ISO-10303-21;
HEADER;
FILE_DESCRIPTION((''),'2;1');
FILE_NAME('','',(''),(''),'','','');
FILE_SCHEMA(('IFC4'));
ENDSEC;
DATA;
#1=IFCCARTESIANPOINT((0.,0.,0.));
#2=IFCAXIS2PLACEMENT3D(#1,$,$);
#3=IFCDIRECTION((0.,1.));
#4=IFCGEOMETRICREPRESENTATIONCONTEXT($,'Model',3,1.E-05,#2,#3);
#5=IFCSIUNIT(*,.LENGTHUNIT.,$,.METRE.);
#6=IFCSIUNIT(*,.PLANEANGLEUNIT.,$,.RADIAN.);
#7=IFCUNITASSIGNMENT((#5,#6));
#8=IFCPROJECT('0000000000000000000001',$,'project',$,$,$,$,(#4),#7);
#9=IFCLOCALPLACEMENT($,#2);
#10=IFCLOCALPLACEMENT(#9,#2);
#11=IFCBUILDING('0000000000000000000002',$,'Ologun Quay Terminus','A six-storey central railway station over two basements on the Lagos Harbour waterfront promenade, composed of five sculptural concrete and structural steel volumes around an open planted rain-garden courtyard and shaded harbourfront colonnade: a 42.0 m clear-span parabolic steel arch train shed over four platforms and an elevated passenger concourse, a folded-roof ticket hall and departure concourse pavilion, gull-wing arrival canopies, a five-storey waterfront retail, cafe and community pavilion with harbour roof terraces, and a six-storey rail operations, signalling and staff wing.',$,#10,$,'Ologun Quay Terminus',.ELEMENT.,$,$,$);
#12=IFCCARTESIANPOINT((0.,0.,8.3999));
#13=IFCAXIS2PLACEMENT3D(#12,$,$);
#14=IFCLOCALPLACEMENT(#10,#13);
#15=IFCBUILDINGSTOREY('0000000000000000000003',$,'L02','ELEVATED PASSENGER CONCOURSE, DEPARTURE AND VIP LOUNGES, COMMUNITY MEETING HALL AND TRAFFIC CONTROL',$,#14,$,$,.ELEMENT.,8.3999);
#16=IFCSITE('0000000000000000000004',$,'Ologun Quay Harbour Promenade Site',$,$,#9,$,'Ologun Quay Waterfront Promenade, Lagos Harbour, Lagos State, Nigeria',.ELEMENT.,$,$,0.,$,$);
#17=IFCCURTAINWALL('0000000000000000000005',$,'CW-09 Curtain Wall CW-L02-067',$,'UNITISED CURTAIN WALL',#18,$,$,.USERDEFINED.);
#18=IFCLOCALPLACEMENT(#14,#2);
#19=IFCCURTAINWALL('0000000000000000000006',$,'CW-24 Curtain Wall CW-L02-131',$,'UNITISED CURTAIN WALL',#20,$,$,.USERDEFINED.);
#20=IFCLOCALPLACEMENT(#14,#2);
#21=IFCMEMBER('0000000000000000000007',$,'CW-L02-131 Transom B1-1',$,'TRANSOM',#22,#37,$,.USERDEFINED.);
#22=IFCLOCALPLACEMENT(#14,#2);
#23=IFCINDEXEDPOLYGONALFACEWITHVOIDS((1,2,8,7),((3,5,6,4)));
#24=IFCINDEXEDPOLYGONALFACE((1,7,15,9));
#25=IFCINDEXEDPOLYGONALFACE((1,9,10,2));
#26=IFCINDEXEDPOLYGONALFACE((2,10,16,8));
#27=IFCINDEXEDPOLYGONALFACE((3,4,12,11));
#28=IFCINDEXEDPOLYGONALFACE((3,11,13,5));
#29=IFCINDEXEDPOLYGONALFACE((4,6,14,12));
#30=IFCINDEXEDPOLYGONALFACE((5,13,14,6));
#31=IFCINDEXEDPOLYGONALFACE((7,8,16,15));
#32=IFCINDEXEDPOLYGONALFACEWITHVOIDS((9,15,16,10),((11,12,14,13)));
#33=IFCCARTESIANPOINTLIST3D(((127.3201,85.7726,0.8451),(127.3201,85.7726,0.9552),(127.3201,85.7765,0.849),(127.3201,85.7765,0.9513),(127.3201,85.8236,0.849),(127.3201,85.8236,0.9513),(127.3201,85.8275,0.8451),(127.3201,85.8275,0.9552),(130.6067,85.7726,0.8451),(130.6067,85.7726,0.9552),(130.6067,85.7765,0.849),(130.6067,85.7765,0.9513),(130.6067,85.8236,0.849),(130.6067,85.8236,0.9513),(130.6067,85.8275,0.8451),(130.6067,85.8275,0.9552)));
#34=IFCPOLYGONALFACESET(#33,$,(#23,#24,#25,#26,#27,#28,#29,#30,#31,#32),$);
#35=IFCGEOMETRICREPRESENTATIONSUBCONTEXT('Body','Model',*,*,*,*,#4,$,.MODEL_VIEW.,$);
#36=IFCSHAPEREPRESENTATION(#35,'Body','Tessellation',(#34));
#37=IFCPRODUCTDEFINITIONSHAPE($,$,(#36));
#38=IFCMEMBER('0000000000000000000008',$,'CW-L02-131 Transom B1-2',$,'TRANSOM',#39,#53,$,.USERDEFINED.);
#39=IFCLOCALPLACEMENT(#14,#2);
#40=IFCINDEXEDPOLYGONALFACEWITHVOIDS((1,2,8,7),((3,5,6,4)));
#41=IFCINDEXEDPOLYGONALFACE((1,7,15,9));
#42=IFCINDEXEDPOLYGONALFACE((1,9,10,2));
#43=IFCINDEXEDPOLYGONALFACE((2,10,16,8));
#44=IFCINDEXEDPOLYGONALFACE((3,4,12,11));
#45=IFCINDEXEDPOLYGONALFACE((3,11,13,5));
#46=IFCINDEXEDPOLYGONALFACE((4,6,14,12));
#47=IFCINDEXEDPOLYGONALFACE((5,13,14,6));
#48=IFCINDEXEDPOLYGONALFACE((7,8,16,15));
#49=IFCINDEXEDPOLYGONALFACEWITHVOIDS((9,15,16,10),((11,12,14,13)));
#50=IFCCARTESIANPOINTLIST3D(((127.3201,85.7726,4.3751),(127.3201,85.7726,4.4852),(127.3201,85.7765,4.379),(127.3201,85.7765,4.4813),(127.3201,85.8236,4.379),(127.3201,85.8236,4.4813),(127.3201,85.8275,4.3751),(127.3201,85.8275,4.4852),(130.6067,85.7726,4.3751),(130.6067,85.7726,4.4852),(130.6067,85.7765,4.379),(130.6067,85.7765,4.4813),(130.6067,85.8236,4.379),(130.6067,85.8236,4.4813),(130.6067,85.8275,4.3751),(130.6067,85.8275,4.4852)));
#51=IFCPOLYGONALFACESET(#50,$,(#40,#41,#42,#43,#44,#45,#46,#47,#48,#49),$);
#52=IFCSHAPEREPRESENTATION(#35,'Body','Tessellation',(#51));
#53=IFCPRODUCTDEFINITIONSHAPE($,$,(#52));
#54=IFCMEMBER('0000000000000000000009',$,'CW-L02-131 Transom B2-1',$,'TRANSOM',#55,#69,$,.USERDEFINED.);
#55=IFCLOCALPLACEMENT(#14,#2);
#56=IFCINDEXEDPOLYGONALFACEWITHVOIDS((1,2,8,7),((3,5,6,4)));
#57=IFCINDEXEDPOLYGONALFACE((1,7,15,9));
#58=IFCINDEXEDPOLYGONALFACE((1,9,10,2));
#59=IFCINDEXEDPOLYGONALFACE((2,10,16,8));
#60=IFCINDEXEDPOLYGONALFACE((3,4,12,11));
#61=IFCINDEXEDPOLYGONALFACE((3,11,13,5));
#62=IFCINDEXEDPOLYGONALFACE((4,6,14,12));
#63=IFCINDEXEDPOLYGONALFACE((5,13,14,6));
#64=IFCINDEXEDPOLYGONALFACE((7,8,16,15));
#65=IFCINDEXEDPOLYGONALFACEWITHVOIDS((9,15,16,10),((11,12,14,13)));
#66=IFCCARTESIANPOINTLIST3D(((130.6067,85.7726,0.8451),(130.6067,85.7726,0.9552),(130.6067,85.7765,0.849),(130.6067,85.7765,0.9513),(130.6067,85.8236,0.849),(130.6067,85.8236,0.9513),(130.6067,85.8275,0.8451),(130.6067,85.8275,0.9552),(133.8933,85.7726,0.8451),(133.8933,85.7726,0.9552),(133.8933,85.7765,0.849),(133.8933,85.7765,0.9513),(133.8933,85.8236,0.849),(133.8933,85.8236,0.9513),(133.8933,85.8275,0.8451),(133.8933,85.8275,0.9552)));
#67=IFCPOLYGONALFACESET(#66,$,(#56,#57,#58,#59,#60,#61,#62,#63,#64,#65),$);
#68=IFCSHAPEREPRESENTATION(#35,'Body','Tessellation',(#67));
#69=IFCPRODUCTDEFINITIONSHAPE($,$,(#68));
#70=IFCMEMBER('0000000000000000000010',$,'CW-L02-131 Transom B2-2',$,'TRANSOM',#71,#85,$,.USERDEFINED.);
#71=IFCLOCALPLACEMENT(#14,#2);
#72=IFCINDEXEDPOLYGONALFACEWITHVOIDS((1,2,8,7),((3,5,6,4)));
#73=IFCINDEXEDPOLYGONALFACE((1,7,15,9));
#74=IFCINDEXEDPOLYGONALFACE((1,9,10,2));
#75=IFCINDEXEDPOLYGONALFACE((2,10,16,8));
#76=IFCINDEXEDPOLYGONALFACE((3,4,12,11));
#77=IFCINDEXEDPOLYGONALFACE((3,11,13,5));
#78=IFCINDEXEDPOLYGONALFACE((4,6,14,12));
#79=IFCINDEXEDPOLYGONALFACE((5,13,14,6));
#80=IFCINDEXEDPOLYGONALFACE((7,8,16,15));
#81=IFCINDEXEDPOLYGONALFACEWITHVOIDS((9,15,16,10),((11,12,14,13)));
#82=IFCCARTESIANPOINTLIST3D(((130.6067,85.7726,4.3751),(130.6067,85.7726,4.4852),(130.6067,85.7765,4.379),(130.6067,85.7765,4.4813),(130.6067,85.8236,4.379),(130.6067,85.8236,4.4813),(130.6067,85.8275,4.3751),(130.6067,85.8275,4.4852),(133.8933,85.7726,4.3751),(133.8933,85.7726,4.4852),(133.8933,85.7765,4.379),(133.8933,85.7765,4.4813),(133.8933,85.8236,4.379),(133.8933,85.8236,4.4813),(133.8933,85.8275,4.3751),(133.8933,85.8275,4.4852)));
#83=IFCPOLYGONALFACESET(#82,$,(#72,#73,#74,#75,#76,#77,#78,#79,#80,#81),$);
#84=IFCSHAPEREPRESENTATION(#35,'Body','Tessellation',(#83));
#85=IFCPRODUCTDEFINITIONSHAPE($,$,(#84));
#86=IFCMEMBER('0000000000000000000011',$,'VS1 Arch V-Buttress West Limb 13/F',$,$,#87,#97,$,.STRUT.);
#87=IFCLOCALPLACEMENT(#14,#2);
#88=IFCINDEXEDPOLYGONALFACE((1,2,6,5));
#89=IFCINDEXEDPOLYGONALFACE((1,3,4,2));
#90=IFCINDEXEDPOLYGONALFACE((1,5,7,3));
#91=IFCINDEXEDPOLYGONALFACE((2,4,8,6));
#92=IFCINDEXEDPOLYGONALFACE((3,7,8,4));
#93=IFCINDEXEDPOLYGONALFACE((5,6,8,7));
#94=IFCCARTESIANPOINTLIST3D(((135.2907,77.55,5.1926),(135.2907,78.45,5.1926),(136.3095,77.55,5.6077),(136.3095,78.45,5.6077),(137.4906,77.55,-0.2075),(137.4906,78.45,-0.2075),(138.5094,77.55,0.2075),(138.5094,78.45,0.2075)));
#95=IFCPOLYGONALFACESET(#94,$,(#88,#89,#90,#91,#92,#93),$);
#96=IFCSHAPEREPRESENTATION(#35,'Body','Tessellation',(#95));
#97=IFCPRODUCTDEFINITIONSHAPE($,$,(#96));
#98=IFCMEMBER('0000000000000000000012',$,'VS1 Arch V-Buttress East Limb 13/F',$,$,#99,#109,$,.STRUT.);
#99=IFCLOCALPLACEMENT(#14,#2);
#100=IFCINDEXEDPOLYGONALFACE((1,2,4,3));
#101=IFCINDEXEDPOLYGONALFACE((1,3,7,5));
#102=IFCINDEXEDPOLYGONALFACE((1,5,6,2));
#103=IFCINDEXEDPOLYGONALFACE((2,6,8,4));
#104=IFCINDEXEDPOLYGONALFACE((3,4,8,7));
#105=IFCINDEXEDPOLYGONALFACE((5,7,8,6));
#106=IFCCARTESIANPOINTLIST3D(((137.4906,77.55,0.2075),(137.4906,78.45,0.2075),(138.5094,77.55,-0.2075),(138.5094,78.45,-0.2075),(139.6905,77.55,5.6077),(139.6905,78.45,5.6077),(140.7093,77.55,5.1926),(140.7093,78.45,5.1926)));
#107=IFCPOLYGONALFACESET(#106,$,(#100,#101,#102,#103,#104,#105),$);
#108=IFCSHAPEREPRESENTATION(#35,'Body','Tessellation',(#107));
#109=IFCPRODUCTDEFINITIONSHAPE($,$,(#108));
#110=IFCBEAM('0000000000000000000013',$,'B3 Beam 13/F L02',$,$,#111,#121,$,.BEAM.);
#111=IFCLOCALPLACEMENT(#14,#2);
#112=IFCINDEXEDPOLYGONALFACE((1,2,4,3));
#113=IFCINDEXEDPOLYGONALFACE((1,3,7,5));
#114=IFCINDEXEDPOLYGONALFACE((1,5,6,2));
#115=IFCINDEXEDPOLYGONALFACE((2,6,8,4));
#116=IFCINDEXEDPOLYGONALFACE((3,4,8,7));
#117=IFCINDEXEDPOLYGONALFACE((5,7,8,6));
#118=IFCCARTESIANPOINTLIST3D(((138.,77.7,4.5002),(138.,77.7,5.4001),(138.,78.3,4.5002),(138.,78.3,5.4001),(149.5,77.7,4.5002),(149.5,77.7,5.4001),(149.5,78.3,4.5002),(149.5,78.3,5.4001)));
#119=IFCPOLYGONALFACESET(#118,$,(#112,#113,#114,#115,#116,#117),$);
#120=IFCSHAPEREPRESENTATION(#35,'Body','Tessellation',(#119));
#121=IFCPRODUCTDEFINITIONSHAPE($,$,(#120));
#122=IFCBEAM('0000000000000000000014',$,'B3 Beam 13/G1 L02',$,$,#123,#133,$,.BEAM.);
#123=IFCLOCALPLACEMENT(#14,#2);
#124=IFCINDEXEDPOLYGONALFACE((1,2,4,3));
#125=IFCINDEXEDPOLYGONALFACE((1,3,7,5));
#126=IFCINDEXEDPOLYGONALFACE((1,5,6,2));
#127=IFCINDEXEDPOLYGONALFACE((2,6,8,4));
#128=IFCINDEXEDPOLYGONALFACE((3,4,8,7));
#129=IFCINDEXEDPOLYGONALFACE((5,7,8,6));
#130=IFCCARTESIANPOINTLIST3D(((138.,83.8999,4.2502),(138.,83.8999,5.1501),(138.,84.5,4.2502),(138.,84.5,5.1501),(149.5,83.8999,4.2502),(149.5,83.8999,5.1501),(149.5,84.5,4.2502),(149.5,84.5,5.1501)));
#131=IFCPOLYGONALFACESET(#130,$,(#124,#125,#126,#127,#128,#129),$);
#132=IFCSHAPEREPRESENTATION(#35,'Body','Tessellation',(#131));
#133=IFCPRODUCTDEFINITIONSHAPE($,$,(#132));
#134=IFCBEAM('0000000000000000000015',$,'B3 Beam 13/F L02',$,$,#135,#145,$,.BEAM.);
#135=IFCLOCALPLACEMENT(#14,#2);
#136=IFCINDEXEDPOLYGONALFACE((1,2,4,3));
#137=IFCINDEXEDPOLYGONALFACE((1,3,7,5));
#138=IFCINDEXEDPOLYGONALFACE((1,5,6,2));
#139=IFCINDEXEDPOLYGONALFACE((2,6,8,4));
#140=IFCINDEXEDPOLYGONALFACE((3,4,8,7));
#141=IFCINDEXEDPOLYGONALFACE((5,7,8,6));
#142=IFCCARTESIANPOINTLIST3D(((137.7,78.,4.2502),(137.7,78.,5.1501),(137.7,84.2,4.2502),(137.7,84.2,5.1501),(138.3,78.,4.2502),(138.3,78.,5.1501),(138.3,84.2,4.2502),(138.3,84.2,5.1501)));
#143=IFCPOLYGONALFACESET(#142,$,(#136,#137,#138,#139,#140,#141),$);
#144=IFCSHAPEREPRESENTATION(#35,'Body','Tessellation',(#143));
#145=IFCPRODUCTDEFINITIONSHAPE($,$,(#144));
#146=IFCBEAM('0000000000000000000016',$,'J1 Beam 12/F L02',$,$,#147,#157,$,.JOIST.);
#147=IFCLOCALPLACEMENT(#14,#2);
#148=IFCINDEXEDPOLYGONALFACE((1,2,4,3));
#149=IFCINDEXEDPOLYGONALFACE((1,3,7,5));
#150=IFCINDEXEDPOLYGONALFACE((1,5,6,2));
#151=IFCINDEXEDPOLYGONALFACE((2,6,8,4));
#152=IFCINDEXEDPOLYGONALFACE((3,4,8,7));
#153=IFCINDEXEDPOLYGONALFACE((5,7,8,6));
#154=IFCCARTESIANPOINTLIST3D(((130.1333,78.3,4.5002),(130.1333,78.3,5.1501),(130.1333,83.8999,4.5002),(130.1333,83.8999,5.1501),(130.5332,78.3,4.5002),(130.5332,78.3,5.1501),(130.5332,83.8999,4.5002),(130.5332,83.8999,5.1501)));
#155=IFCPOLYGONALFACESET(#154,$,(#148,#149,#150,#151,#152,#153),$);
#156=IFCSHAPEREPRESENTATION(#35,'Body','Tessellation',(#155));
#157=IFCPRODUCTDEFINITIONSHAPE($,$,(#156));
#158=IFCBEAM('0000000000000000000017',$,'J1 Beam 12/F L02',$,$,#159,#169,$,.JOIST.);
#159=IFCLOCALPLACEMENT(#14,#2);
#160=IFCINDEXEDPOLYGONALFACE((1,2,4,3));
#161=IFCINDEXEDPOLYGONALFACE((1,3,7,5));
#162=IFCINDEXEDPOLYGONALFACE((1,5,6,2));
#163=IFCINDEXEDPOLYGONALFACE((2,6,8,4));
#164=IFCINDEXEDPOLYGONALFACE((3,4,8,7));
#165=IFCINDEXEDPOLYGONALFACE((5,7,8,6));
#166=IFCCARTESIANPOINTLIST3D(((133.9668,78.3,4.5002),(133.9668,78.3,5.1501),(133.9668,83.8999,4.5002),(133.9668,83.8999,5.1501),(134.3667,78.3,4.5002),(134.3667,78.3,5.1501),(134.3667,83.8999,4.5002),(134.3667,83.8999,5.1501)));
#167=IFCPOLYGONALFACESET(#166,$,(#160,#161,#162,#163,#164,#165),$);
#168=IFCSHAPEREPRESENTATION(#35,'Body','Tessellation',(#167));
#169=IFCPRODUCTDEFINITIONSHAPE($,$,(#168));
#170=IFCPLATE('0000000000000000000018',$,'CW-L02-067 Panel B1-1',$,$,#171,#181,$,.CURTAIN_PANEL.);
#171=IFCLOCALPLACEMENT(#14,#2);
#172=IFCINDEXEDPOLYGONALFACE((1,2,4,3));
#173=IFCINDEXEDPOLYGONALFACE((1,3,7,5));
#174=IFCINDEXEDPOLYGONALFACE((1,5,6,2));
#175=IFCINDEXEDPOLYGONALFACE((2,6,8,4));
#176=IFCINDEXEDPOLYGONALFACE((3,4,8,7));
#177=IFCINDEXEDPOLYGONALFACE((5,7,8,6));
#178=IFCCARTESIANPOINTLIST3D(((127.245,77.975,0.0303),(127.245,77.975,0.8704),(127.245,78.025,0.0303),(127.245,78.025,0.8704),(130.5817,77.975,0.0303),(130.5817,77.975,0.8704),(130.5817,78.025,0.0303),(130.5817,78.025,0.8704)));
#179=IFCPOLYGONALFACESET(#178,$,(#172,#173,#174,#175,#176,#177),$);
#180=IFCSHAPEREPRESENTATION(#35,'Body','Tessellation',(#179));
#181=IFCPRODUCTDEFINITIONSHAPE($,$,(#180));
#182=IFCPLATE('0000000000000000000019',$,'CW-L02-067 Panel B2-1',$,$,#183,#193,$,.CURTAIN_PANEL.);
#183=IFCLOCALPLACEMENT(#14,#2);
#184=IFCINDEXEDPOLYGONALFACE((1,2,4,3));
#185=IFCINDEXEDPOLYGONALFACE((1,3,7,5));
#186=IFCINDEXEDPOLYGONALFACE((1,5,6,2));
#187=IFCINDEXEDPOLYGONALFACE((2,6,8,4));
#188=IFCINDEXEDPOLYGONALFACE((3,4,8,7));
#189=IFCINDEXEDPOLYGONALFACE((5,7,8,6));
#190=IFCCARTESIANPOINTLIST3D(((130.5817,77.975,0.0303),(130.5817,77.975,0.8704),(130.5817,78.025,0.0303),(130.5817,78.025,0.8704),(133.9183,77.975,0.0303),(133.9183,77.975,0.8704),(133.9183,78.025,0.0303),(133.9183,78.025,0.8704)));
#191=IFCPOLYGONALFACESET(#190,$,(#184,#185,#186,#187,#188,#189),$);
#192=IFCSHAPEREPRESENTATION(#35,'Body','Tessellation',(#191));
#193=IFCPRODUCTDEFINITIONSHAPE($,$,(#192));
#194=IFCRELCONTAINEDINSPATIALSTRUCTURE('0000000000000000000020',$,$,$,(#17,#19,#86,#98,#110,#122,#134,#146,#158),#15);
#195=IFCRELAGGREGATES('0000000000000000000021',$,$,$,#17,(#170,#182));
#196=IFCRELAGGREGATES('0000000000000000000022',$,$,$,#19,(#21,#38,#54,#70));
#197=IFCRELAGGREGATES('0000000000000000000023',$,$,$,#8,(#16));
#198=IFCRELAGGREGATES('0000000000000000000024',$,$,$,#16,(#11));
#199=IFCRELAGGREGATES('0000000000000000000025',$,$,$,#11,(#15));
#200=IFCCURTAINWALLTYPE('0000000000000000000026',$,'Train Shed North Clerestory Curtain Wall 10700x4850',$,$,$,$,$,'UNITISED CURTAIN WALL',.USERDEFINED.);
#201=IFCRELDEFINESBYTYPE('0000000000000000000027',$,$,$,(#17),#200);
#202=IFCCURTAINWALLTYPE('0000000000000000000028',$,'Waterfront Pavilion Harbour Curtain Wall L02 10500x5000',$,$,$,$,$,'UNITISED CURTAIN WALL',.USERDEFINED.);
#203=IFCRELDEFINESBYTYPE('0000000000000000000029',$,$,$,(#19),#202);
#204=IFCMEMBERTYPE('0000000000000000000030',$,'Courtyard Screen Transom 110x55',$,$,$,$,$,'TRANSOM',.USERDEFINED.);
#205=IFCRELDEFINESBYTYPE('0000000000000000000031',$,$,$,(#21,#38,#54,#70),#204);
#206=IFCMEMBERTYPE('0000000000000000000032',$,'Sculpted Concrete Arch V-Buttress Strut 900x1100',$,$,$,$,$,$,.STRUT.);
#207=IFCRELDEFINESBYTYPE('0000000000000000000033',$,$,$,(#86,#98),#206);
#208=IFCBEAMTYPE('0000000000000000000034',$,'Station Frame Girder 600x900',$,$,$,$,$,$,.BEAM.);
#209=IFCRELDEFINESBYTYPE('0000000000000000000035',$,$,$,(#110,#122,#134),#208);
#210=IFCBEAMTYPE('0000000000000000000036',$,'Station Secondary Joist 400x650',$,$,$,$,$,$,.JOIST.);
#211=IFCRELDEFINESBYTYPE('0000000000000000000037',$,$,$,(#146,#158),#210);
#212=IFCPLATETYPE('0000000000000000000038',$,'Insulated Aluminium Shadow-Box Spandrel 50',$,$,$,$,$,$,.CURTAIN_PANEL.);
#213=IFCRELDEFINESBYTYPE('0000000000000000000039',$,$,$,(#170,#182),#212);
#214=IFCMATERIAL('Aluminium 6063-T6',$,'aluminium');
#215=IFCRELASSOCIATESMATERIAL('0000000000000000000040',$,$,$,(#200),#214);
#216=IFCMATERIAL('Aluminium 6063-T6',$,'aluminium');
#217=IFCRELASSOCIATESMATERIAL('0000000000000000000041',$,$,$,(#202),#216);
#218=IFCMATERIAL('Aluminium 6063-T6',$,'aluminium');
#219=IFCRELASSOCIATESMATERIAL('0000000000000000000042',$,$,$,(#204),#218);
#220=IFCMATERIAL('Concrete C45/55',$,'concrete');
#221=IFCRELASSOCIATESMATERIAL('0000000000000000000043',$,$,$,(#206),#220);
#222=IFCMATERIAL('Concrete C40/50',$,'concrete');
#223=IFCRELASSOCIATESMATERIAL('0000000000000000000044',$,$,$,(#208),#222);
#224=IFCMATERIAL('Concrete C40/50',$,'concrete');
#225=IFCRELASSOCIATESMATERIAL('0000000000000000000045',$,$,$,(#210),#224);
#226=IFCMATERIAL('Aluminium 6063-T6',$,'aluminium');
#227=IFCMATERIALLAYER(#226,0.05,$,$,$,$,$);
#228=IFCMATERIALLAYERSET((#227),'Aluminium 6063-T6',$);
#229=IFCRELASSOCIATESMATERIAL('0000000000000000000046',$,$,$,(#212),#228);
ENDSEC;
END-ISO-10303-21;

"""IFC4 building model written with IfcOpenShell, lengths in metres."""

from ifc_helpers import new_model, si_unit, direction, frame, origin, origin_2d, place, context, subcontext, project, spatial, rectangle, hollow_rectangle, extrude, material, layer, layer_set, material_profile, profile_set, type_object, element, aggregate, save


model = new_model("IFC4")

# Units and contexts
model_context = context("Model", 3, precision=1e-05, world=origin(), true_north=direction((0.0, 1.0)))
body_context = subcontext(model_context, "Body", "Model", "MODEL_VIEW")
ifc_project = project(units=[si_unit("LENGTHUNIT", "METRE"), si_unit("PLANEANGLEUNIT", "RADIAN")], contexts=[model_context])

# Site, building, storey
site_placement = place(None, origin())
site = spatial("IfcSite", under=ifc_project, at=site_placement, Name="Ologun Quay Harbour Promenade Site", LongName="Ologun Quay Waterfront Promenade, Lagos Harbour, Lagos State, Nigeria", CompositionType="ELEMENT", RefElevation=0.0)
building_placement = place(site_placement, origin())
building = spatial("IfcBuilding", under=site, at=building_placement, Name="Ologun Quay Terminus", Description="A six-storey central railway station over two basements on the Lagos Harbour waterfront promenade, composed of five sculptural concrete and structural steel volumes around an open planted rain-garden courtyard and shaded harbourfront colonnade: a 42.0 m clear-span parabolic steel arch train shed over four platforms and an elevated passenger concourse, a folded-roof ticket hall and departure concourse pavilion, gull-wing arrival canopies, a five-storey waterfront retail, cafe and community pavilion with harbour roof terraces, and a six-storey rail operations, signalling and staff wing.", LongName="Ologun Quay Terminus", CompositionType="ELEMENT")
storey_placement = place(building_placement, frame((0.0, 0.0, 8.3999)))
storey = spatial("IfcBuildingStorey", under=building, at=storey_placement, Name="L02", Description="ELEVATED PASSENGER CONCOURSE, DEPARTURE AND VIP LOUNGES, COMMUNITY MEETING HALL AND TRAFFIC CONTROL", CompositionType="ELEMENT", Elevation=8.3999)

# Curtain walls, members
ifc_material_1 = material(Name="Aluminium 6063-T6", Category="aluminium")
curtain_wall_type_1 = type_object("IfcCurtainWallType", Name="Train Shed North Clerestory Curtain Wall 10700x4850", ElementType="UNITISED CURTAIN WALL", PredefinedType="USERDEFINED", material=ifc_material_1)
curtain_wall_1_placement = place(storey_placement, origin())
curtain_wall_1 = element("IfcCurtainWall", 1, at=curtain_wall_1_placement, inside=storey, type_object=curtain_wall_type_1, Name="CW-09 Curtain Wall CW-L02-067", ObjectType="UNITISED CURTAIN WALL", PredefinedType="USERDEFINED")
ifc_material_2 = material(Name="Aluminium 6063-T6", Category="aluminium")
curtain_wall_type_2 = type_object("IfcCurtainWallType", Name="Waterfront Pavilion Harbour Curtain Wall L02 10500x5000", ElementType="UNITISED CURTAIN WALL", PredefinedType="USERDEFINED", material=ifc_material_2)
curtain_wall_2_placement = place(storey_placement, origin())
curtain_wall_2 = element("IfcCurtainWall", 2, at=curtain_wall_2_placement, inside=storey, type_object=curtain_wall_type_2, Name="CW-24 Curtain Wall CW-L02-131", ObjectType="UNITISED CURTAIN WALL", PredefinedType="USERDEFINED")
ifc_material_3 = material(Name="Aluminium 6063-T6", Category="aluminium")
ifc_material_profile_1 = material_profile(ifc_material_3, hollow_rectangle(XDim=0.0549, YDim=0.1101, WallThickness=0.0039, at=origin_2d()), Name="ALU 110x55x4")
ifc_profile_set_1 = profile_set([ifc_material_profile_1], Name="Aluminium 6063-T6")
member_type_1 = type_object("IfcMemberType", Name="Courtyard Screen Transom 110x55", ElementType="TRANSOM", PredefinedType="USERDEFINED", material=ifc_profile_set_1)
member_1_placement = place(storey_placement, frame((127.3201, 85.8, 0.9001), z_axis=(1.0, 0.0, 0.0), x_axis=(0.0, 1.0, 0.0)))
member_1 = element("IfcMember", 3, at=member_1_placement, type_object=member_type_1, Name="CW-L02-131 Transom B1-1", ObjectType="TRANSOM", PredefinedType="USERDEFINED", context=body_context, shape_type="SweptSolid", body=[
    extrude(hollow_rectangle(XDim=0.0549, YDim=0.1101, WallThickness=0.0039, at=origin_2d()), origin(), (0.0, 0.0, 1.0), 3.2866),
])
member_2_placement = place(storey_placement, frame((127.3201, 85.8, 4.4302), z_axis=(1.0, 0.0, 0.0), x_axis=(0.0, 1.0, 0.0)))
member_2 = element("IfcMember", 4, at=member_2_placement, type_object=member_type_1, Name="CW-L02-131 Transom B1-2", ObjectType="TRANSOM", PredefinedType="USERDEFINED", context=body_context, shape_type="SweptSolid", body=[
    extrude(hollow_rectangle(XDim=0.0549, YDim=0.1101, WallThickness=0.0039, at=origin_2d()), origin(), (0.0, 0.0, 1.0), 3.2866),
])
member_3_placement = place(storey_placement, frame((130.6067, 85.8, 0.9001), z_axis=(1.0, 0.0, 0.0), x_axis=(0.0, 1.0, 0.0)))
member_3 = element("IfcMember", 5, at=member_3_placement, type_object=member_type_1, Name="CW-L02-131 Transom B2-1", ObjectType="TRANSOM", PredefinedType="USERDEFINED", context=body_context, shape_type="SweptSolid", body=[
    extrude(hollow_rectangle(XDim=0.0549, YDim=0.1101, WallThickness=0.0039, at=origin_2d()), origin(), (0.0, 0.0, 1.0), 3.2866),
])
member_4_placement = place(storey_placement, frame((130.6067, 85.8, 4.4302), z_axis=(1.0, 0.0, 0.0), x_axis=(0.0, 1.0, 0.0)))
member_4 = element("IfcMember", 6, at=member_4_placement, type_object=member_type_1, Name="CW-L02-131 Transom B2-2", ObjectType="TRANSOM", PredefinedType="USERDEFINED", context=body_context, shape_type="SweptSolid", body=[
    extrude(hollow_rectangle(XDim=0.0549, YDim=0.1101, WallThickness=0.0039, at=origin_2d()), origin(), (0.0, 0.0, 1.0), 3.2866),
])

# Members
ifc_material_4 = material(Name="Concrete C45/55", Category="concrete")
ifc_material_profile_2 = material_profile(ifc_material_4, rectangle(XDim=0.8999, YDim=1.1001, at=origin_2d()), Name="RC 900x1100")
ifc_profile_set_2 = profile_set([ifc_material_profile_2], Name="Concrete C45/55")
member_type_2 = type_object("IfcMemberType", Name="Sculpted Concrete Arch V-Buttress Strut 900x1100", PredefinedType="STRUT", material=ifc_profile_set_2)
for number, where, z_axis, x_axis, name in (
    (7, (138.0, 78.0, 0.0), (-0.377281, 0.0, 0.926099), (0.0, -1.0, 0.0), "VS1 Arch V-Buttress West Limb 13/F"),
    (8, (138.0, 78.0, 0.0), (0.377281, 0.0, 0.926099), (0.0, 1.0, 0.0), "VS1 Arch V-Buttress East Limb 13/F"),
):
    element("IfcMember", number, at=place(storey_placement, frame(where, z_axis=z_axis, x_axis=x_axis)), inside=storey, type_object=member_type_2, Name=name, PredefinedType="STRUT", context=body_context, shape_type="SweptSolid", body=[
        extrude(rectangle(XDim=0.8999, YDim=1.1001, at=origin_2d()), origin(), (0.0, 0.0, 1.0), 5.8311),
    ])

# Beams
ifc_material_5 = material(Name="Concrete C40/50", Category="concrete")
ifc_material_profile_3 = material_profile(ifc_material_5, rectangle(XDim=0.6001, YDim=0.8999, at=origin_2d()), Name="RC 600x900")
ifc_profile_set_3 = profile_set([ifc_material_profile_3], Name="Concrete C40/50")
beam_type_1 = type_object("IfcBeamType", Name="Station Frame Girder 600x900", PredefinedType="BEAM", material=ifc_profile_set_3)
for number, where, z_axis, x_axis, name in (
    (9, (138.0, 78.0, 4.9502), (1.0, 0.0, 0.0), (0.0, 1.0, 0.0), "B3 Beam 13/F L02"),
    (10, (138.0, 84.2, 4.7002), (1.0, 0.0, 0.0), (0.0, 1.0, 0.0), "B3 Beam 13/G1 L02"),
):
    element("IfcBeam", number, at=place(storey_placement, frame(where, z_axis=z_axis, x_axis=x_axis)), inside=storey, type_object=beam_type_1, Name=name, PredefinedType="BEAM", context=body_context, shape_type="SweptSolid", body=[
        extrude(rectangle(XDim=0.6001, YDim=0.8999, at=origin_2d()), origin(), (0.0, 0.0, 1.0), 11.5),
    ])
beam_placement = place(storey_placement, frame((138.0, 78.0, 4.7002), z_axis=(0.0, 1.0, 0.0), x_axis=(-1.0, 0.0, 0.0)))
element("IfcBeam", 11, at=beam_placement, inside=storey, type_object=beam_type_1, Name="B3 Beam 13/F L02", PredefinedType="BEAM", context=body_context, shape_type="SweptSolid", body=[
    extrude(rectangle(XDim=0.6001, YDim=0.8999, at=origin_2d()), origin(), (0.0, 0.0, 1.0), 6.2),
])
ifc_material_6 = material(Name="Concrete C40/50", Category="concrete")
ifc_material_profile_4 = material_profile(ifc_material_6, rectangle(XDim=0.3999, YDim=0.6499, at=origin_2d()), Name="RC 400x650")
ifc_profile_set_4 = profile_set([ifc_material_profile_4], Name="Concrete C40/50")
beam_type_2 = type_object("IfcBeamType", Name="Station Secondary Joist 400x650", PredefinedType="JOIST", material=ifc_profile_set_4)
for number, where, z_axis, x_axis, name in (
    (12, (130.3333, 78.3, 4.8252), (0.0, 1.0, 0.0), (-1.0, 0.0, 0.0), "J1 Beam 12/F L02"),
    (13, (134.1667, 78.3, 4.8252), (0.0, 1.0, 0.0), (-1.0, 0.0, 0.0), "J1 Beam 12/F L02"),
):
    element("IfcBeam", number, at=place(storey_placement, frame(where, z_axis=z_axis, x_axis=x_axis)), inside=storey, type_object=beam_type_2, Name=name, PredefinedType="JOIST", context=body_context, shape_type="SweptSolid", body=[
        extrude(rectangle(XDim=0.3999, YDim=0.6499, at=origin_2d()), origin(), (0.0, 0.0, 1.0), 5.5999),
    ])

# Plates
ifc_material_7 = material(Name="Aluminium 6063-T6", Category="aluminium")
ifc_layer_1 = layer(ifc_material_7, 0.05)
ifc_layer_set_1 = layer_set([ifc_layer_1], Name="Aluminium 6063-T6")
plate_type_1 = type_object("IfcPlateType", Name="Insulated Aluminium Shadow-Box Spandrel 50", PredefinedType="CURTAIN_PANEL", material=ifc_layer_set_1)
plate_1_placement = place(storey_placement, frame((128.9133, 78.0, 0.0303), z_axis=(0.0, 0.0, 1.0), x_axis=(1.0, 0.0, 0.0)))
plate_1 = element("IfcPlate", 14, at=plate_1_placement, type_object=plate_type_1, Name="CW-L02-067 Panel B1-1", PredefinedType="CURTAIN_PANEL", context=body_context, shape_type="SweptSolid", body=[
    extrude(rectangle(XDim=3.3367, YDim=0.05, at=origin_2d()), origin(), (0.0, 0.0, 1.0), 0.8401),
])
plate_2_placement = place(storey_placement, frame((132.25, 78.0, 0.0303), z_axis=(0.0, 0.0, 1.0), x_axis=(1.0, 0.0, 0.0)))
plate_2 = element("IfcPlate", 15, at=plate_2_placement, type_object=plate_type_1, Name="CW-L02-067 Panel B2-1", PredefinedType="CURTAIN_PANEL", context=body_context, shape_type="SweptSolid", body=[
    extrude(rectangle(XDim=3.3367, YDim=0.05, at=origin_2d()), origin(), (0.0, 0.0, 1.0), 0.8401),
])
aggregate(curtain_wall_1, [plate_1, plate_2])
aggregate(curtain_wall_2, [member_1, member_2, member_3, member_4])

save(model, "model.ifc")
